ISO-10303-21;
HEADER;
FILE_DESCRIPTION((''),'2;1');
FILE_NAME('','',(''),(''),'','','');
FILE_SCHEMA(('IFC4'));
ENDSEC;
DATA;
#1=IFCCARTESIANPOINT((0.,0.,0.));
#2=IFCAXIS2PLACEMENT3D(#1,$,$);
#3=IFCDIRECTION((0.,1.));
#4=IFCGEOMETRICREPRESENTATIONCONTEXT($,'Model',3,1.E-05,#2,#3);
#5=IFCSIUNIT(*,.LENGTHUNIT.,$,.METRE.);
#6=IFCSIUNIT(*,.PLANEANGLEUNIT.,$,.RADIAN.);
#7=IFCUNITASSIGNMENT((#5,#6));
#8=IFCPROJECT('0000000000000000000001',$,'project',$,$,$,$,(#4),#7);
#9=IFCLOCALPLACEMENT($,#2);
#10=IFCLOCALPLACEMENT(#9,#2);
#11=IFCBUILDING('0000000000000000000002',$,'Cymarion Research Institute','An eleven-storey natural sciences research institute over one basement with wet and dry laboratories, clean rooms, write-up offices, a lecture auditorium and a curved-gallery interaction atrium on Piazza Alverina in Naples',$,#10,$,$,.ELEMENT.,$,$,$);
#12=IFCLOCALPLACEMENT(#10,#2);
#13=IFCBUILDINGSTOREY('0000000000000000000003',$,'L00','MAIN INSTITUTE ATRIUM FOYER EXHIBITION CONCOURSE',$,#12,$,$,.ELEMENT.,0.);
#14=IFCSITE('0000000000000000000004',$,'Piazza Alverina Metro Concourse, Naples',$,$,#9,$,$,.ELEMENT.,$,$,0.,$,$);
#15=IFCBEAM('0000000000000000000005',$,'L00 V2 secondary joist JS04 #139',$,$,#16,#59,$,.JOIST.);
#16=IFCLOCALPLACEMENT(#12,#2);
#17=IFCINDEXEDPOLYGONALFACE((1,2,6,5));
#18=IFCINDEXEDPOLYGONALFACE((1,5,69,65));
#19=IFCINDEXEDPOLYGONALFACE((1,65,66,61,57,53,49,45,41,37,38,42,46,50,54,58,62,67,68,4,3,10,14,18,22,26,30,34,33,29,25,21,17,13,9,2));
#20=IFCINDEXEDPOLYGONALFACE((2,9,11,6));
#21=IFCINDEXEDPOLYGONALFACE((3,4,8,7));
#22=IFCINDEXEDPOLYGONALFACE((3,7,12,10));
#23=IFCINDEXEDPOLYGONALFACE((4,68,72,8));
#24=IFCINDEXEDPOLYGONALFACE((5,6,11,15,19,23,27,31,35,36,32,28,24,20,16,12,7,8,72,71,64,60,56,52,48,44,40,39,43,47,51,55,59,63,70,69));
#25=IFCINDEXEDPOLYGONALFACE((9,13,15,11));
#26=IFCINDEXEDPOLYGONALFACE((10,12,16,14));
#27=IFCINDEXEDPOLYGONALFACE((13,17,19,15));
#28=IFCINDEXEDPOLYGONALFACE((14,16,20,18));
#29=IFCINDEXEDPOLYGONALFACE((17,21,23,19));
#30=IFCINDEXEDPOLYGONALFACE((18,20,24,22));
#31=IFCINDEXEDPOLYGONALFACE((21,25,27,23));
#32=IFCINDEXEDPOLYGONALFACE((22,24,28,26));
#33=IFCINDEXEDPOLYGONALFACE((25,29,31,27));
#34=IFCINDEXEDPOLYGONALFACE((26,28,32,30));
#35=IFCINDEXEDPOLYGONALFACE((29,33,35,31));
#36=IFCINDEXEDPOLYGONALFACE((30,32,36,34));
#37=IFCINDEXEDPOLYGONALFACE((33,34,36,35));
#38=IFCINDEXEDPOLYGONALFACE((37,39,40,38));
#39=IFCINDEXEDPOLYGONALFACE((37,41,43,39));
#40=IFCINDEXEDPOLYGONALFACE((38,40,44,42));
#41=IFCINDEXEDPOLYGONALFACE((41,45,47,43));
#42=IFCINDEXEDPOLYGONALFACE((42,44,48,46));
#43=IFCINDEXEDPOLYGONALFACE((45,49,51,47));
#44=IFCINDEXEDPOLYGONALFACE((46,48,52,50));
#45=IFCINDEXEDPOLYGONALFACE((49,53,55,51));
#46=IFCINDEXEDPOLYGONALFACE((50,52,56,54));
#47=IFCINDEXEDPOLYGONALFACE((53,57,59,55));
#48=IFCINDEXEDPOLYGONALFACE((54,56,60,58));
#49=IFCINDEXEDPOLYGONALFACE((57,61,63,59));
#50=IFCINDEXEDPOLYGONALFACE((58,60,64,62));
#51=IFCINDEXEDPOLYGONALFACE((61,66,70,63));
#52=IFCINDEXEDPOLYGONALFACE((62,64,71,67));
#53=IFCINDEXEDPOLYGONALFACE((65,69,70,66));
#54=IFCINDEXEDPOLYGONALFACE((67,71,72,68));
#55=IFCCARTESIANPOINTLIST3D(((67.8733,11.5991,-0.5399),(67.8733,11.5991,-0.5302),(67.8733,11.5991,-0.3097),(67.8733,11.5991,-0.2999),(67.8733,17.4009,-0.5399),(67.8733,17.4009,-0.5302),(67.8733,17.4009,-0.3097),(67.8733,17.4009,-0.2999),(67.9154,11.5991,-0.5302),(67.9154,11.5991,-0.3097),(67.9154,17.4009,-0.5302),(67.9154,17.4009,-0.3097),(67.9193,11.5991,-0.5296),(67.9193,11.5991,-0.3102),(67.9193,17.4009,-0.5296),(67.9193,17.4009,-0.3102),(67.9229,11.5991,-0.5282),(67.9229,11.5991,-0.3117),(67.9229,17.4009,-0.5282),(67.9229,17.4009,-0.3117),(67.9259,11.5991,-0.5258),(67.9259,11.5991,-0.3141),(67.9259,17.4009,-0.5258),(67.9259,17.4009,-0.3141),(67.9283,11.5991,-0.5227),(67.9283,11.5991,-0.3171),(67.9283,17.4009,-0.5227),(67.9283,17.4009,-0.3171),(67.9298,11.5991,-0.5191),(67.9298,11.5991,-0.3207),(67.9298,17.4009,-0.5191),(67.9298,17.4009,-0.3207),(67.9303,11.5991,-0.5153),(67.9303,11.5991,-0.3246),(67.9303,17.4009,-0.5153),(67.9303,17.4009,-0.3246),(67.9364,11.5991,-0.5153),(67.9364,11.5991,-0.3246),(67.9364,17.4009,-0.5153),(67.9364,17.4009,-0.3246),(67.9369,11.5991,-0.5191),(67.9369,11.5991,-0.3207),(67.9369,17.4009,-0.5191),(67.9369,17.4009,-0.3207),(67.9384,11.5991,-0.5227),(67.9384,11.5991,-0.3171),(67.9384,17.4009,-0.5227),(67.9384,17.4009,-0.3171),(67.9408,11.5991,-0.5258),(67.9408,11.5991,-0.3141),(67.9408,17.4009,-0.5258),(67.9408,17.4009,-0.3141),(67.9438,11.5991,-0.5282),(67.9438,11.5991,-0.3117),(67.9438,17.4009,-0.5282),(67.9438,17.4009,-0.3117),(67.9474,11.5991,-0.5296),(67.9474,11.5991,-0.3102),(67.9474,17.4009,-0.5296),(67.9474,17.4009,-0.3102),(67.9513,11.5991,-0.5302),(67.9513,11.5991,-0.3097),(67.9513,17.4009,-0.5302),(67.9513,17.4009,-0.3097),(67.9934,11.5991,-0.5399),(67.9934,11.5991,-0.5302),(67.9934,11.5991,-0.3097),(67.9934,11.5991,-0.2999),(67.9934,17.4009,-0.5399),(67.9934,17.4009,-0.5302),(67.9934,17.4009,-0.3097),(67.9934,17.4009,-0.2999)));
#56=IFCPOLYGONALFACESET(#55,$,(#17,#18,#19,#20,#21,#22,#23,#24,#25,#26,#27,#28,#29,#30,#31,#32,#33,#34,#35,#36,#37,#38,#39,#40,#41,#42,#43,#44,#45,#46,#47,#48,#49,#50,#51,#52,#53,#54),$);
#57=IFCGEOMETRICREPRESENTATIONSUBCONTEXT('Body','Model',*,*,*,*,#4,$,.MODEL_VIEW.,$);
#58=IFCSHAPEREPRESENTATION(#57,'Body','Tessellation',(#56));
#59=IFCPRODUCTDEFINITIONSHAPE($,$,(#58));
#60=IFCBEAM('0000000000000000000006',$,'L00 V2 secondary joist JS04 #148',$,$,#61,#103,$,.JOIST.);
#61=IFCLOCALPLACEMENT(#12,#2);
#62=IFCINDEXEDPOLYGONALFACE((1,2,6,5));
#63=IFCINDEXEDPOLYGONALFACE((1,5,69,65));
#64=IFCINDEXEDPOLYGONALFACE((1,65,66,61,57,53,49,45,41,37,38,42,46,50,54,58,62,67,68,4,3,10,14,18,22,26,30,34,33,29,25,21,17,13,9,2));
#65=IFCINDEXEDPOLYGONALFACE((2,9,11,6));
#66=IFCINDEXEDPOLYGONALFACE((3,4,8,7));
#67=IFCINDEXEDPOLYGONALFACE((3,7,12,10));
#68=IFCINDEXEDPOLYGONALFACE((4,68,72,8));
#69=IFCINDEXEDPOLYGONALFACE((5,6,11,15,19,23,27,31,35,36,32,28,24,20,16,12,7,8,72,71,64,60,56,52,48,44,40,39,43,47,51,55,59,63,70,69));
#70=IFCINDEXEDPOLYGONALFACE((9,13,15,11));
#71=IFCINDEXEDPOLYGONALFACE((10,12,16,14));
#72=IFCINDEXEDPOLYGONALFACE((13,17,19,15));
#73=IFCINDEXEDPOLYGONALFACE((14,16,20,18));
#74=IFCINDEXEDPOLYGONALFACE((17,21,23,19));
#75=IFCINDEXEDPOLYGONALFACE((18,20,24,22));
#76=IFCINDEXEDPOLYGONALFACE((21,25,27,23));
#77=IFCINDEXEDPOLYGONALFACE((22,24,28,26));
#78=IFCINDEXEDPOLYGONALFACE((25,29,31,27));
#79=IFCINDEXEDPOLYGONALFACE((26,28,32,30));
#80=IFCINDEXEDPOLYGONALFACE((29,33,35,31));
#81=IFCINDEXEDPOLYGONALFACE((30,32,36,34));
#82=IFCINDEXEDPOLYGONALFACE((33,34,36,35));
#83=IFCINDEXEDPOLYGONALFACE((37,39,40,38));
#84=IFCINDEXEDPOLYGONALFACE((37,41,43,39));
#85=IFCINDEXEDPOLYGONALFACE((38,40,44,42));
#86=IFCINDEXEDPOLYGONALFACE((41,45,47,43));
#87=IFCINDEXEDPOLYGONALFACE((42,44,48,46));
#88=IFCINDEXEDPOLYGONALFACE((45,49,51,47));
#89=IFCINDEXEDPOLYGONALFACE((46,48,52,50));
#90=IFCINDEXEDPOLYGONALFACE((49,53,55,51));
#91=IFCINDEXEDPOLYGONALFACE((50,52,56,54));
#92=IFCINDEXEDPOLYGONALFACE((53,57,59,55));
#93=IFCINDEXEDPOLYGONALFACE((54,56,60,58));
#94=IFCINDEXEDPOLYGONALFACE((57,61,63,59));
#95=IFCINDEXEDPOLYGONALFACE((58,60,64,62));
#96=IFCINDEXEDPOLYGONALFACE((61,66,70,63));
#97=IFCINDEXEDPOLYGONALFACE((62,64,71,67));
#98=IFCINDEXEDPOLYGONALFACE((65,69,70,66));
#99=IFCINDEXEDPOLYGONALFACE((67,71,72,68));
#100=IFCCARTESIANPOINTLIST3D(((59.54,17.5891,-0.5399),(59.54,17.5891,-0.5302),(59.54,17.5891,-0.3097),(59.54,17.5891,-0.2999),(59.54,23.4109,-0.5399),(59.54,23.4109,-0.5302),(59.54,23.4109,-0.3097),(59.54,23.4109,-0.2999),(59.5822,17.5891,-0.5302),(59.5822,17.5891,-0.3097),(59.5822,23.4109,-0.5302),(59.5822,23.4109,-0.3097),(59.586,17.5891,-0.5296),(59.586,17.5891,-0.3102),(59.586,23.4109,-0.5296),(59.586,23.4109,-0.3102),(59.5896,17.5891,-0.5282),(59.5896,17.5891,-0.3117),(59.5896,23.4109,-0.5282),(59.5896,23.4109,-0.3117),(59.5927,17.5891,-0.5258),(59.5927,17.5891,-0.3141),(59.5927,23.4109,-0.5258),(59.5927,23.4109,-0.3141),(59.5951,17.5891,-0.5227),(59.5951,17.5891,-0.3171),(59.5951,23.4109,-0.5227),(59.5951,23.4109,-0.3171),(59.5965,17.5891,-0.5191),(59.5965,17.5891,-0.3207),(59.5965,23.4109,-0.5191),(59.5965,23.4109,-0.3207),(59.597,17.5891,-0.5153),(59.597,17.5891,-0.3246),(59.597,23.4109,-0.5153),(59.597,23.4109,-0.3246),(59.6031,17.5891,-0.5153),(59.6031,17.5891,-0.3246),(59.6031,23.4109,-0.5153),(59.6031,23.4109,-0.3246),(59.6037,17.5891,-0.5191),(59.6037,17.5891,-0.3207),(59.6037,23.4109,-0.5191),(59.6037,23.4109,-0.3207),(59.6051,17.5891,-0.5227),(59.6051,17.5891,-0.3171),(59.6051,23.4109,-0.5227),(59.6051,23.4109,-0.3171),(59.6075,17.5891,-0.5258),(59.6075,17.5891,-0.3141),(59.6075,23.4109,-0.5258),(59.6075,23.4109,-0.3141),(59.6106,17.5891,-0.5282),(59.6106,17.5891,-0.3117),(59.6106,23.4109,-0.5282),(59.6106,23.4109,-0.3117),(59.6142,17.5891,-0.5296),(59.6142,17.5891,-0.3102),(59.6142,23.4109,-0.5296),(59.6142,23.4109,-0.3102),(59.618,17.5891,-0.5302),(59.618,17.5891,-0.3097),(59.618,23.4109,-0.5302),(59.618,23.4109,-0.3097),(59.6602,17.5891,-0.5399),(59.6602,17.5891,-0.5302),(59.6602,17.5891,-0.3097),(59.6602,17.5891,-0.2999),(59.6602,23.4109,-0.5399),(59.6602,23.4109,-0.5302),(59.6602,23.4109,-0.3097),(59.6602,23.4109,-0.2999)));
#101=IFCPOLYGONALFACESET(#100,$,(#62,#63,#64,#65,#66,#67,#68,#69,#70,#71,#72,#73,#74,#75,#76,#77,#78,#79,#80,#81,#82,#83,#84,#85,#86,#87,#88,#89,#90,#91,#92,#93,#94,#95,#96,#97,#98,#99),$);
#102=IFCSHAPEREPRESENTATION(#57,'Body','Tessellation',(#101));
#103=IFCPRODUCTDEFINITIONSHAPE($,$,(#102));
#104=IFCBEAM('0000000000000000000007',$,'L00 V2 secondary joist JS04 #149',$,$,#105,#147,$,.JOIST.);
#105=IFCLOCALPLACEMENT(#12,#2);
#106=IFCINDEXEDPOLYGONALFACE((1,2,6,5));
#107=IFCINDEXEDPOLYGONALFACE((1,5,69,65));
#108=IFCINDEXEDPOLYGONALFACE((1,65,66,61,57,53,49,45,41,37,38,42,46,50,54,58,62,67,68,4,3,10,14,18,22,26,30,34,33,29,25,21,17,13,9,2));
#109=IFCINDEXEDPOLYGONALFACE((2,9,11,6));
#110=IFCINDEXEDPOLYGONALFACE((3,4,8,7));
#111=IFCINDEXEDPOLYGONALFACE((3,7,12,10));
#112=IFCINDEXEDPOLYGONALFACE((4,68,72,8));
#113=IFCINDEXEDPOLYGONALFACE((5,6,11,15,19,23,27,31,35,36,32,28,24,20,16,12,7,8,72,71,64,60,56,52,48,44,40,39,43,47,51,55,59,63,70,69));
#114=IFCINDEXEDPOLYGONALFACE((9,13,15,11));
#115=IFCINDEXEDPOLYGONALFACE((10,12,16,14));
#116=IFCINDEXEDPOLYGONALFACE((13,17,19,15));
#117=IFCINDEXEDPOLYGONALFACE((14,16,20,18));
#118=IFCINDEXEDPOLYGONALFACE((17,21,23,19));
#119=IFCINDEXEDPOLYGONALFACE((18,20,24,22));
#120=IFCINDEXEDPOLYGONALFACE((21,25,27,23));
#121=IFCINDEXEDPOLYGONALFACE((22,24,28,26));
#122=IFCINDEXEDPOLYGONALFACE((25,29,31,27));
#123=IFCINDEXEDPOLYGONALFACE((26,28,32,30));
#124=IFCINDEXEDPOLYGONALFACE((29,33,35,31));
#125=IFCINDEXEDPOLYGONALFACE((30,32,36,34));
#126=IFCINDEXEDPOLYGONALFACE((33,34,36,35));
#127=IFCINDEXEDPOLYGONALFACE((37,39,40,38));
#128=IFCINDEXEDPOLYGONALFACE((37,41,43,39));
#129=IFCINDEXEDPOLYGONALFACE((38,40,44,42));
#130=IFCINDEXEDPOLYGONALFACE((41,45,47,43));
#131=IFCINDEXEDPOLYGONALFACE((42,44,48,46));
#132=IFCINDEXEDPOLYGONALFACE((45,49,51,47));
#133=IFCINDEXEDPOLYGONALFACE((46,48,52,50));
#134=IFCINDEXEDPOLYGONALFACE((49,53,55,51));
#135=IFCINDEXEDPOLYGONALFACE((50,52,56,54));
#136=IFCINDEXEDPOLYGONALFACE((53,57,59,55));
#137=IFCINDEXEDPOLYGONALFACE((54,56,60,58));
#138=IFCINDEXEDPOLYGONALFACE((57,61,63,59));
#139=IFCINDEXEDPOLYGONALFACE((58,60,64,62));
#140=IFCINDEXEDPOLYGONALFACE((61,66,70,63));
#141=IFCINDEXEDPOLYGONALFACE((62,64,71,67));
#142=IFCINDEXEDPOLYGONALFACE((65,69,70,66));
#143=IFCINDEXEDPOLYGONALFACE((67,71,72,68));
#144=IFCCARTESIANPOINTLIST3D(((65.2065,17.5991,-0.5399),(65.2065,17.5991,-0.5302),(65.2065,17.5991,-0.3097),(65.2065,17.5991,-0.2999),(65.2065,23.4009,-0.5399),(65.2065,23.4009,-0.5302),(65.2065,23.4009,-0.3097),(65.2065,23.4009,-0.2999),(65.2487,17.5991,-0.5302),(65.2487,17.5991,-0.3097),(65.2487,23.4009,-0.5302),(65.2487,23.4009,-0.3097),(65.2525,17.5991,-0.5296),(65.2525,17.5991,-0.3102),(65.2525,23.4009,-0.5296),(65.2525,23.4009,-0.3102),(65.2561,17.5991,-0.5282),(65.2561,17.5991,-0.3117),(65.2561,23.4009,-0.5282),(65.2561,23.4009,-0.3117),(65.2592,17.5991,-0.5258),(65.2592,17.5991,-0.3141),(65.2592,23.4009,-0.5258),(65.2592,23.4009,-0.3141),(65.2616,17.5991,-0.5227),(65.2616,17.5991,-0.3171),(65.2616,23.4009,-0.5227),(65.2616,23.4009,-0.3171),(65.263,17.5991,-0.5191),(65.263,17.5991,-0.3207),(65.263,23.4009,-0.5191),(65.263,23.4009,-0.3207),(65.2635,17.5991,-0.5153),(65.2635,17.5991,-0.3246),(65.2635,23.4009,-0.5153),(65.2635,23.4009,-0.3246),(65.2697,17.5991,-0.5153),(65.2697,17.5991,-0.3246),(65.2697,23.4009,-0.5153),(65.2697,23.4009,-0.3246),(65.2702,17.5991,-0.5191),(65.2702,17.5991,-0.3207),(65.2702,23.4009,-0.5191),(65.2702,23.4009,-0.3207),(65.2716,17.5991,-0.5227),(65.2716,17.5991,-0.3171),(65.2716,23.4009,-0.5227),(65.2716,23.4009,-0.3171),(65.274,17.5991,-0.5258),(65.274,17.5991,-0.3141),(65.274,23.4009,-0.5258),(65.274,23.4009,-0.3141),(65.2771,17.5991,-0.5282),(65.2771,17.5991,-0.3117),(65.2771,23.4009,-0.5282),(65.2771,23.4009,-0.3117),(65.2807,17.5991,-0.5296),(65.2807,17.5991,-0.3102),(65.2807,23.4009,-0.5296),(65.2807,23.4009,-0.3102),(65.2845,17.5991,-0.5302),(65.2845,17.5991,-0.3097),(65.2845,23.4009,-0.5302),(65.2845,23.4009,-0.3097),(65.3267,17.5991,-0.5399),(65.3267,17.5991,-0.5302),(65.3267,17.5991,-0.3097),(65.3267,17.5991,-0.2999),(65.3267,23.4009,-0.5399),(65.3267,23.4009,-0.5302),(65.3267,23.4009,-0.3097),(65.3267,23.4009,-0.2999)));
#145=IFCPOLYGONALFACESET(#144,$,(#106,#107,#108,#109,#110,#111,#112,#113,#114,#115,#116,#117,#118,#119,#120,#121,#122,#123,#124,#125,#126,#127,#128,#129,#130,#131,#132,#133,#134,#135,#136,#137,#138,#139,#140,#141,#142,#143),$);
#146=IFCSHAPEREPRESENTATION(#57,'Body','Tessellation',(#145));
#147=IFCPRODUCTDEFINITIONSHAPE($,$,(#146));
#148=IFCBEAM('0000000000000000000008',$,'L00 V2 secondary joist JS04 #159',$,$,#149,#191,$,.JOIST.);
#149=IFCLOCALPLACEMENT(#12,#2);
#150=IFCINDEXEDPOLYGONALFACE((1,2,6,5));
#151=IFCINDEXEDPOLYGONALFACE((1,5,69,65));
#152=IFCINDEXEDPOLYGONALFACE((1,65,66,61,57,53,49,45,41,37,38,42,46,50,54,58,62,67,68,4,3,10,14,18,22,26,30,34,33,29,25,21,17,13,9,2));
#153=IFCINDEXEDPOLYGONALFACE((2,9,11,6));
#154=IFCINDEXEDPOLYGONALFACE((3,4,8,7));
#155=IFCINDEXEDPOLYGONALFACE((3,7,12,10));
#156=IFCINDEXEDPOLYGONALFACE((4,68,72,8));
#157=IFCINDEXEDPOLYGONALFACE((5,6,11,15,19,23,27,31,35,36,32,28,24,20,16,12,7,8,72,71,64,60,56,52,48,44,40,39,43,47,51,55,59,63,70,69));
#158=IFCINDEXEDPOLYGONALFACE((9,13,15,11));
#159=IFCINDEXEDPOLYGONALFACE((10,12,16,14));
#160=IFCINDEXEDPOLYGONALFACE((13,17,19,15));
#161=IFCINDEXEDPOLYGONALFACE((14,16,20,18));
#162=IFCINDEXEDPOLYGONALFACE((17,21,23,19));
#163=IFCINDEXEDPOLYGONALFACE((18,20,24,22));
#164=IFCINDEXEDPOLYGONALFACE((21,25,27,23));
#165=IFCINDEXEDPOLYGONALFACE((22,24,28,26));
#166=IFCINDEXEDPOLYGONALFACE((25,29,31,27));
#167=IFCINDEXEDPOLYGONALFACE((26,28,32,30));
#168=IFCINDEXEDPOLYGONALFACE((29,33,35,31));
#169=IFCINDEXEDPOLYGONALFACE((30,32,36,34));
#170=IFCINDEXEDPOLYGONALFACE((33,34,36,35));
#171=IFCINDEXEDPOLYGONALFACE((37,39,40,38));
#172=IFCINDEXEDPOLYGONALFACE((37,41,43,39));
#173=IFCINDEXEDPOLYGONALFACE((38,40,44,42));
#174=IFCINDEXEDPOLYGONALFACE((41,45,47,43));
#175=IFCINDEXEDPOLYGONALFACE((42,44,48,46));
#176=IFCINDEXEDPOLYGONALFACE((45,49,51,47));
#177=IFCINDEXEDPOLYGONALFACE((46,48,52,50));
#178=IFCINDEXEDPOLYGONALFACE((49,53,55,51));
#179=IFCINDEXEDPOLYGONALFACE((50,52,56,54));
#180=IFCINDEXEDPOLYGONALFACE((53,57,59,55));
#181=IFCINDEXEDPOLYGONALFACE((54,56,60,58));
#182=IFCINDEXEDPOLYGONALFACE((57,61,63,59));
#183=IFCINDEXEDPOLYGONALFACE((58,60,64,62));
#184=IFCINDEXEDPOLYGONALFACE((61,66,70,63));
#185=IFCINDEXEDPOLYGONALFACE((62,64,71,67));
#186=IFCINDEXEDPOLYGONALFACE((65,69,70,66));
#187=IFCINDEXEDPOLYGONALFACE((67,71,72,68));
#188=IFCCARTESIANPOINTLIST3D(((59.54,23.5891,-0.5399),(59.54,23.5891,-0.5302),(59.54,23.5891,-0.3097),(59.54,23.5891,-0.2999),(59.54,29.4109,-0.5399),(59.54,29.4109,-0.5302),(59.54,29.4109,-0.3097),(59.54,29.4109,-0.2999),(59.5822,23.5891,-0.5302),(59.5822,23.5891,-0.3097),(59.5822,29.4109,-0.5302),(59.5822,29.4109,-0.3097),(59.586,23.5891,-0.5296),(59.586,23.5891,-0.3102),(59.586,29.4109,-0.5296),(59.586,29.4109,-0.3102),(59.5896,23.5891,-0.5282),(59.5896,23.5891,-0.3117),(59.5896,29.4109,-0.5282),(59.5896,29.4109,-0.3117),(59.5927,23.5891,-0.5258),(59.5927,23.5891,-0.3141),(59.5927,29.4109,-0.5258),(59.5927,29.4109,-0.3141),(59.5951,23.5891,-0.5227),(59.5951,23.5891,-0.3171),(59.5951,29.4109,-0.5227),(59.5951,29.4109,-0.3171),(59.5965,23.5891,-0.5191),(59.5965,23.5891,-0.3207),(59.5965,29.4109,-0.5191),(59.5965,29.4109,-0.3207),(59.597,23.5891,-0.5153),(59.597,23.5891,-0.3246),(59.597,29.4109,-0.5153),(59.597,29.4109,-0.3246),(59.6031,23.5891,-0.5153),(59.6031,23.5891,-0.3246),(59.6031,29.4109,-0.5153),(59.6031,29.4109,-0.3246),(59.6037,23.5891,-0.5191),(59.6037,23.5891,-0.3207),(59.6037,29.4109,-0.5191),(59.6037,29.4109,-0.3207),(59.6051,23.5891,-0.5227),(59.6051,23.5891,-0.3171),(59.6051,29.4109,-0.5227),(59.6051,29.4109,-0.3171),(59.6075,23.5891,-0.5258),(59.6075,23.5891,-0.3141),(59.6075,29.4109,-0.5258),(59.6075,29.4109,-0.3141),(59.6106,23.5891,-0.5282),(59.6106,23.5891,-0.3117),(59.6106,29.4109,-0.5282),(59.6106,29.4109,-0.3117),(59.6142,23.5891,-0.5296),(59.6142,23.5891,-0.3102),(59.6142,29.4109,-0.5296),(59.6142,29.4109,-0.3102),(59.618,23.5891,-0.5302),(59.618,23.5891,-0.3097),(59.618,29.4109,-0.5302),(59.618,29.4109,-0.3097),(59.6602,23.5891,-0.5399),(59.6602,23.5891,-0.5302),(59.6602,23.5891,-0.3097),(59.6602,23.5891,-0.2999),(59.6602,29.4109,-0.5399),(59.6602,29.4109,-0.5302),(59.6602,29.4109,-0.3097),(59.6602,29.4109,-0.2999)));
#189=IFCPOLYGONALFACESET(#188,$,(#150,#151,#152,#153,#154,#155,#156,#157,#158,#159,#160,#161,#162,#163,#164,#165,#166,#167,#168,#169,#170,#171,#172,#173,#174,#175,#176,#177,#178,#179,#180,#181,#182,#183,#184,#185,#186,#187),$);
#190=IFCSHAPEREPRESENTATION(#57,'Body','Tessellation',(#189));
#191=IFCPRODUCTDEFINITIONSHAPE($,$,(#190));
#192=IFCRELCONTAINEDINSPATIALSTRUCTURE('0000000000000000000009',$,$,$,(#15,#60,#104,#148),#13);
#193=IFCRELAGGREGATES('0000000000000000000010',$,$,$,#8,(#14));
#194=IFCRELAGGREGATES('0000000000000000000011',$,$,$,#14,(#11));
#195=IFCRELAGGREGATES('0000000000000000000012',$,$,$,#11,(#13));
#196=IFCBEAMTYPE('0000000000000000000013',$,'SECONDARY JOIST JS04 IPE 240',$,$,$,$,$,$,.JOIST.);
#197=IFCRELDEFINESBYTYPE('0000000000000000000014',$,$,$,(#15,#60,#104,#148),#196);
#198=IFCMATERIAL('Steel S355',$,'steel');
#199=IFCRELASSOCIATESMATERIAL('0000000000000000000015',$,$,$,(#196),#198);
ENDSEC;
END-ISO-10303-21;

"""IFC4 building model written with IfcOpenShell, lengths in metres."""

from ifc_helpers import new_model, si_unit, direction, frame, origin, origin_2d, place, context, subcontext, project, spatial, i_section, extrude, material, material_profile, profile_set, type_object, element, save


model = new_model("IFC4")

# Units and contexts
model_context = context("Model", 3, precision=1e-05, world=origin(), true_north=direction((0.0, 1.0)))
body_context = subcontext(model_context, "Body", "Model", "MODEL_VIEW")
ifc_project = project(units=[si_unit("LENGTHUNIT", "METRE"), si_unit("PLANEANGLEUNIT", "RADIAN")], contexts=[model_context])

# Site, building, storey
site_placement = place(None, origin())
site = spatial("IfcSite", under=ifc_project, at=site_placement, Name="Piazza Alverina Metro Concourse, Naples", CompositionType="ELEMENT", RefElevation=0.0)
building_placement = place(site_placement, origin())
building = spatial("IfcBuilding", under=site, at=building_placement, Name="Cymarion Research Institute", Description="An eleven-storey natural sciences research institute over one basement with wet and dry laboratories, clean rooms, write-up offices, a lecture auditorium and a curved-gallery interaction atrium on Piazza Alverina in Naples", CompositionType="ELEMENT")
storey_placement = place(building_placement, origin())
storey = spatial("IfcBuildingStorey", under=building, at=storey_placement, Name="L00", Description="MAIN INSTITUTE ATRIUM FOYER EXHIBITION CONCOURSE", CompositionType="ELEMENT", Elevation=0.0)

# Shared definitions
ifc_material_1 = material(Name="Steel S355", Category="steel")

# Beams
ifc_material_profile_1 = material_profile(ifc_material_1, i_section(OverallWidth=0.1201, OverallDepth=0.24, WebThickness=0.0061, FlangeThickness=0.0098, FilletRadius=0.0149, at=origin_2d()), Name="IPE 240")
ifc_profile_set_1 = profile_set([ifc_material_profile_1], Name="Steel S355")
beam_type_1 = type_object("IfcBeamType", Name="SECONDARY JOIST JS04 IPE 240", PredefinedType="JOIST", material=ifc_profile_set_1)
for number, where, z_axis, x_axis, name in (
    (1, (67.9333, 11.5991, -0.4199), (0.0, 1.0, 0.0), (-1.0, 0.0, 0.0), "L00 V2 secondary joist JS04 #139"),
):
    element("IfcBeam", number, at=place(storey_placement, frame(where, z_axis=z_axis, x_axis=x_axis)), inside=storey, type_object=beam_type_1, Name=name, PredefinedType="JOIST", context=body_context, shape_type="SweptSolid", body=[
        extrude(i_section(OverallWidth=0.1201, OverallDepth=0.24, WebThickness=0.0061, FlangeThickness=0.0098, FilletRadius=0.0149, at=origin_2d()), origin(), (0.0, 0.0, 1.0), 5.8018),
    ])
beam_1_placement = place(storey_placement, frame((59.6001, 17.5891, -0.4199), z_axis=(0.0, 1.0, 0.0), x_axis=(-1.0, 0.0, 0.0)))
element("IfcBeam", 2, at=beam_1_placement, inside=storey, type_object=beam_type_1, Name="L00 V2 secondary joist JS04 #148", PredefinedType="JOIST", context=body_context, shape_type="SweptSolid", body=[
    extrude(i_section(OverallWidth=0.1201, OverallDepth=0.24, WebThickness=0.0061, FlangeThickness=0.0098, FilletRadius=0.0149, at=origin_2d()), origin(), (0.0, 0.0, 1.0), 5.8218),
])
beam_2_placement = place(storey_placement, frame((65.2666, 17.5991, -0.4199), z_axis=(0.0, 1.0, 0.0), x_axis=(-1.0, 0.0, 0.0)))
element("IfcBeam", 3, at=beam_2_placement, inside=storey, type_object=beam_type_1, Name="L00 V2 secondary joist JS04 #149", PredefinedType="JOIST", context=body_context, shape_type="SweptSolid", body=[
    extrude(i_section(OverallWidth=0.1201, OverallDepth=0.24, WebThickness=0.0061, FlangeThickness=0.0098, FilletRadius=0.0149, at=origin_2d()), origin(), (0.0, 0.0, 1.0), 5.8018),
])
beam_3_placement = place(storey_placement, frame((59.6001, 23.5891, -0.4199), z_axis=(0.0, 1.0, 0.0), x_axis=(-1.0, 0.0, 0.0)))
element("IfcBeam", 4, at=beam_3_placement, inside=storey, type_object=beam_type_1, Name="L00 V2 secondary joist JS04 #159", PredefinedType="JOIST", context=body_context, shape_type="SweptSolid", body=[
    extrude(i_section(OverallWidth=0.1201, OverallDepth=0.24, WebThickness=0.0061, FlangeThickness=0.0098, FilletRadius=0.0149, at=origin_2d()), origin(), (0.0, 0.0, 1.0), 5.8218),
])

save(model, "model.ifc")
